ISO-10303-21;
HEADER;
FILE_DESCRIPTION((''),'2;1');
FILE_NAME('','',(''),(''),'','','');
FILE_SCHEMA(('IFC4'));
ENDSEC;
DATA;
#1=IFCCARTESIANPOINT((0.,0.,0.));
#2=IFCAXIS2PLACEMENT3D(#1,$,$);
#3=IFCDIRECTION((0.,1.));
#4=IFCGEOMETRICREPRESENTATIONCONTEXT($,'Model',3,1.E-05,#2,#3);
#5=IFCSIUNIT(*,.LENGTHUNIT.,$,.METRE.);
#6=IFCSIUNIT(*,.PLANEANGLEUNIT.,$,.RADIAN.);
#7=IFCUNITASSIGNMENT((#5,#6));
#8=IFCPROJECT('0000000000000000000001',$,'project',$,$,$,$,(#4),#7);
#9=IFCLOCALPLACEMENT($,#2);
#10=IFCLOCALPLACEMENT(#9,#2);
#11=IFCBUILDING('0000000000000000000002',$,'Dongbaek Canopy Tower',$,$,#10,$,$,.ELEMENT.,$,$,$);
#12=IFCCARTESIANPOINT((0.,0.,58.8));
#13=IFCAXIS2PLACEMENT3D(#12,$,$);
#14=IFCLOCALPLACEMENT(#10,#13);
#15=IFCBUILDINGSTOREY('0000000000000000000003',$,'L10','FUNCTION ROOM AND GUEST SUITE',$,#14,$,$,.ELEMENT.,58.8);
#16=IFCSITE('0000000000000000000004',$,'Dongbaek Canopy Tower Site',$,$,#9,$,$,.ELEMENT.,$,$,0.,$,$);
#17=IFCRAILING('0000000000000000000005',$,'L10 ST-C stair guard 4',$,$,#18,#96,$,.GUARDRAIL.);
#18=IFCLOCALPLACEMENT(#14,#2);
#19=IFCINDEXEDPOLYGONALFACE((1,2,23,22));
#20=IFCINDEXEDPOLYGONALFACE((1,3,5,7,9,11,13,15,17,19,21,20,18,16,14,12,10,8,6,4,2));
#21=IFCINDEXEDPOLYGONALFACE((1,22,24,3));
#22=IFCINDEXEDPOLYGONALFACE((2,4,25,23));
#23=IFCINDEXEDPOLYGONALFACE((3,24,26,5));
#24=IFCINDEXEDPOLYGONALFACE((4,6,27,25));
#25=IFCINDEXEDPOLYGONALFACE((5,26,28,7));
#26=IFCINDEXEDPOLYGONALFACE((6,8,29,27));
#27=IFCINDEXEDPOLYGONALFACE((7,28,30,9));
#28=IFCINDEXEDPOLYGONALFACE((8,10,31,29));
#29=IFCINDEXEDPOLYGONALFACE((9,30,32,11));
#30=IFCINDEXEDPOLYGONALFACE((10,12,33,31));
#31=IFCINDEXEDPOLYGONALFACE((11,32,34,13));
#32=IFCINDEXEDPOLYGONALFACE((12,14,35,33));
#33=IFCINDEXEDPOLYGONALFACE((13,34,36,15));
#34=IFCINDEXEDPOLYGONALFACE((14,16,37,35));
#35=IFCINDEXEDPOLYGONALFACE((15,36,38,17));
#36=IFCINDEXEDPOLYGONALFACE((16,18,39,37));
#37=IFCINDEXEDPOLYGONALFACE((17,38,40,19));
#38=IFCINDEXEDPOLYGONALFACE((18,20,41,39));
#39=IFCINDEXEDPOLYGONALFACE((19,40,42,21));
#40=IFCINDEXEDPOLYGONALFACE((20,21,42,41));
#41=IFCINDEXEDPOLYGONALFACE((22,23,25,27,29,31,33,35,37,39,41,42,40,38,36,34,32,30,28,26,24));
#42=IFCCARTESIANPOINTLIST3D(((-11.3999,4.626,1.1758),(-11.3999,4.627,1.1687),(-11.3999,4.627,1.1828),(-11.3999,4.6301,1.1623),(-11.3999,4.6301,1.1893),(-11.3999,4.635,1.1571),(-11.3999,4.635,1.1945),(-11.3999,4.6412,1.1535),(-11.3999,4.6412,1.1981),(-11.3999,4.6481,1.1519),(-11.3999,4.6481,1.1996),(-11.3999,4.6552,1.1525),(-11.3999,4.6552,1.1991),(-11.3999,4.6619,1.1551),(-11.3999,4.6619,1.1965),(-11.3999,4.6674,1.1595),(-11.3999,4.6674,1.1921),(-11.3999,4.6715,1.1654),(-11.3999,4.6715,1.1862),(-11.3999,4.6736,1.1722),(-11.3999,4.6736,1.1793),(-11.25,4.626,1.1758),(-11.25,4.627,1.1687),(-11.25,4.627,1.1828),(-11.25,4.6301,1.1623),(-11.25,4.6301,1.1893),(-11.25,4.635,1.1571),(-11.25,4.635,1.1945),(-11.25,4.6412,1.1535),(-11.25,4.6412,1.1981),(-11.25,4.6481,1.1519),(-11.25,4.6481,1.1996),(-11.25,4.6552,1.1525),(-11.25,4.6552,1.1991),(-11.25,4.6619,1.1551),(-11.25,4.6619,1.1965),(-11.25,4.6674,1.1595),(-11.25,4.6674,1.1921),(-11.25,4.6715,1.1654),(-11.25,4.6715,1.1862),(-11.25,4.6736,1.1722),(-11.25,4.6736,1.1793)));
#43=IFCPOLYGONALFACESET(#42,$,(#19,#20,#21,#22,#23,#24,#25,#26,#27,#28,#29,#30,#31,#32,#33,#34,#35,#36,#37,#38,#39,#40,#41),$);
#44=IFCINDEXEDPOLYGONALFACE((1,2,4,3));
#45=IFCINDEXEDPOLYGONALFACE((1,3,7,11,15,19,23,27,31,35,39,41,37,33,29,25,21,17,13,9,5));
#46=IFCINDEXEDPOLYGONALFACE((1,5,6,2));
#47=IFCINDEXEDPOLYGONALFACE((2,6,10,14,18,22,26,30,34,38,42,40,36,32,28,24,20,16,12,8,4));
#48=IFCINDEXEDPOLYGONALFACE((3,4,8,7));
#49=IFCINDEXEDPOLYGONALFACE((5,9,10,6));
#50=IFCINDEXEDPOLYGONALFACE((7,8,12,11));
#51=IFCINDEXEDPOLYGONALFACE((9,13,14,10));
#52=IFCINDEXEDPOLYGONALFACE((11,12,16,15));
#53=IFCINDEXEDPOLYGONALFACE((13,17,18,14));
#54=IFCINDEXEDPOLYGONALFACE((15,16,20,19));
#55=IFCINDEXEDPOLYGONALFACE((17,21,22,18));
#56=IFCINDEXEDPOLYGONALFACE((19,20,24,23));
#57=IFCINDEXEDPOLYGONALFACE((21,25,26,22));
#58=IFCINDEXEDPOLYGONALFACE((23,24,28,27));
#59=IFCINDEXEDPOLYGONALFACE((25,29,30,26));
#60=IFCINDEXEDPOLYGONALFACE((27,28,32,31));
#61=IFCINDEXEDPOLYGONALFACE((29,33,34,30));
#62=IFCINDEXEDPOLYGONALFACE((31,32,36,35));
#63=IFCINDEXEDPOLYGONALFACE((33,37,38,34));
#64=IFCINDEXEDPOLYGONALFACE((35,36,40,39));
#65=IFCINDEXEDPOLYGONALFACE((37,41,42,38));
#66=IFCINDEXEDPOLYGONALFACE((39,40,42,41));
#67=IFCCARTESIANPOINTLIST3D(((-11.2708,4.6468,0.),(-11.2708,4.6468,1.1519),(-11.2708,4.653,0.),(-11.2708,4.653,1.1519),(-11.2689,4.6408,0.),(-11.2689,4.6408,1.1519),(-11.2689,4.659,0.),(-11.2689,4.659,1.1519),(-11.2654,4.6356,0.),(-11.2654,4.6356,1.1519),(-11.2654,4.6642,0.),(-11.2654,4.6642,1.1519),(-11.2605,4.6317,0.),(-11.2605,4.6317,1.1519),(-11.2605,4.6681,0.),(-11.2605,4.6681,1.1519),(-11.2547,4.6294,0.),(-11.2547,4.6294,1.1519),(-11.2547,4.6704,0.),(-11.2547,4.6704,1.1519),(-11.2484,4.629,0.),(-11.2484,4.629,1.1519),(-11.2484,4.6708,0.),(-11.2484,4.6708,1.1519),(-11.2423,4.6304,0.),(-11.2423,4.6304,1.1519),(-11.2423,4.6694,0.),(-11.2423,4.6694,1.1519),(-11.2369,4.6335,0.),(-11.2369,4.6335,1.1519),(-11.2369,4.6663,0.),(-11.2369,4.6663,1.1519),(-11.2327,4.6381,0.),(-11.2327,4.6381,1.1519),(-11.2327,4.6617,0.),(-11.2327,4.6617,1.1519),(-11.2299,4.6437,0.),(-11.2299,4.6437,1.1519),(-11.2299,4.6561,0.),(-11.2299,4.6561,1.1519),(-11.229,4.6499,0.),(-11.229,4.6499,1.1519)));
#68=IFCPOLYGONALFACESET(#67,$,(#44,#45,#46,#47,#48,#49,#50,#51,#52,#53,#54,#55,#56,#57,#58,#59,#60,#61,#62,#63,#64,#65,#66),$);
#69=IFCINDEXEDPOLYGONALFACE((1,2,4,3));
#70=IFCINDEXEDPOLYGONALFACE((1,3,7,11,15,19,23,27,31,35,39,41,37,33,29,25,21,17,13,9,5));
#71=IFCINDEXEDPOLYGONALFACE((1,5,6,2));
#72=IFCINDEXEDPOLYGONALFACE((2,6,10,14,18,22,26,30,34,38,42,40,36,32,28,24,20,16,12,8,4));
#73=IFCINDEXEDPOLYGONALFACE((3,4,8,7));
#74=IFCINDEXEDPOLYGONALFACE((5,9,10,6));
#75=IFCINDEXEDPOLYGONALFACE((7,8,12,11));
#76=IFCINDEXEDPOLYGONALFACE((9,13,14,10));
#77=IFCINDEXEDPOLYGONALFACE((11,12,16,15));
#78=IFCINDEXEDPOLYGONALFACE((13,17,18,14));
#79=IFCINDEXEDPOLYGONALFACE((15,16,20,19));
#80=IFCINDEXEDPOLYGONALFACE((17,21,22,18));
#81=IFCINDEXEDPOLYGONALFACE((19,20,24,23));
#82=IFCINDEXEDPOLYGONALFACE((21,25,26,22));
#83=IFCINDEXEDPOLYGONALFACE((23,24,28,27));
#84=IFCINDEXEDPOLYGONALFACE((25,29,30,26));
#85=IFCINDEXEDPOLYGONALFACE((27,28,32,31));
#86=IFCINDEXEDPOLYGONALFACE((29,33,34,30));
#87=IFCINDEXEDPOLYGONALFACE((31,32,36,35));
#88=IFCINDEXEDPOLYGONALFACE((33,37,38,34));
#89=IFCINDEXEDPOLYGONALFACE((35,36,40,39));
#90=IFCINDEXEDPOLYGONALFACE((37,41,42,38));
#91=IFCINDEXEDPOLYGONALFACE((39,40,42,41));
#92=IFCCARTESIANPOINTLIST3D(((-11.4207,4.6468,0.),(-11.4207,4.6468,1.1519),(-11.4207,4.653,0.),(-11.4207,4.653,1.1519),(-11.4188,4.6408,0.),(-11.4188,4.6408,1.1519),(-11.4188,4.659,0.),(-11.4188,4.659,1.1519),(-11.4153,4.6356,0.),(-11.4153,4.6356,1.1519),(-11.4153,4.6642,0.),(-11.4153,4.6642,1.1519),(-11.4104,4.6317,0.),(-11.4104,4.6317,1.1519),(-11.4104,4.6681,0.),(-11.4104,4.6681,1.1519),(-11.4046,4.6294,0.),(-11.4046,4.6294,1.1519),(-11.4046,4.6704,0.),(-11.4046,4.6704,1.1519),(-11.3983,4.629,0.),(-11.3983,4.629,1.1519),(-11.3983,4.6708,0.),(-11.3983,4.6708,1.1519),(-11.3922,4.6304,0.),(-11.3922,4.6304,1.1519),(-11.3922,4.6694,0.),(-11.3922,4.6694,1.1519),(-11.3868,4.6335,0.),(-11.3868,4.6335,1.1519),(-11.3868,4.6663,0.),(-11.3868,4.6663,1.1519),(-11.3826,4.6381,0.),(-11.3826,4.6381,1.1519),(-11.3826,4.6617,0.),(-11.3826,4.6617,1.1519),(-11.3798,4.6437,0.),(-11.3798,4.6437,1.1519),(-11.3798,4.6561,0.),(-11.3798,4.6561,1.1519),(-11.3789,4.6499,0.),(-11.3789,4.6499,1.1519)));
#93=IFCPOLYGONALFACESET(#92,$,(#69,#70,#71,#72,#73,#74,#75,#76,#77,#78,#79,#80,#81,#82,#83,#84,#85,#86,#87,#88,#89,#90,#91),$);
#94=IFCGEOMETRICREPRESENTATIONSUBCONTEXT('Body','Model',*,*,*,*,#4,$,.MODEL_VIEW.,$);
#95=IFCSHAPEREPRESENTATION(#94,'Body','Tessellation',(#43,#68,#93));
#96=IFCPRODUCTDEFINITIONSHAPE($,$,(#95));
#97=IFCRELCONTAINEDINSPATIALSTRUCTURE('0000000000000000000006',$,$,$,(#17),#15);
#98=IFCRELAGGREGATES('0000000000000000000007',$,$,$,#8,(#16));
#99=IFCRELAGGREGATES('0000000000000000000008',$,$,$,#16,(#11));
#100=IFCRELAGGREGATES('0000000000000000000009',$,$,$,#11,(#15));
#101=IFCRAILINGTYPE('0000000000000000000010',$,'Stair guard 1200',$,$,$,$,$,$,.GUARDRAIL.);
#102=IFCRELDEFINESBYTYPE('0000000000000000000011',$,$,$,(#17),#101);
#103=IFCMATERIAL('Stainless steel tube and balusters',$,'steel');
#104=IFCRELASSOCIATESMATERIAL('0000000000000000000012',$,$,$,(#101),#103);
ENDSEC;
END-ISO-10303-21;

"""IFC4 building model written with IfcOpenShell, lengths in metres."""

from ifc_helpers import new_model, si_unit, direction, frame, origin, origin_2d, place, context, subcontext, project, spatial, circle, extrude, material, type_object, element, save


model = new_model("IFC4")

# Units and contexts
model_context = context("Model", 3, precision=1e-05, world=origin(), true_north=direction((0.0, 1.0)))
body_context = subcontext(model_context, "Body", "Model", "MODEL_VIEW")
ifc_project = project(units=[si_unit("LENGTHUNIT", "METRE"), si_unit("PLANEANGLEUNIT", "RADIAN")], contexts=[model_context])

# Site, building, storey
site_placement = place(None, origin())
site = spatial("IfcSite", under=ifc_project, at=site_placement, Name="Dongbaek Canopy Tower Site", CompositionType="ELEMENT", RefElevation=0.0)
building_placement = place(site_placement, origin())
building = spatial("IfcBuilding", under=site, at=building_placement, Name="Dongbaek Canopy Tower", CompositionType="ELEMENT")
storey_placement = place(building_placement, frame((0.0, 0.0, 58.8)))
storey = spatial("IfcBuildingStorey", under=building, at=storey_placement, Name="L10", Description="FUNCTION ROOM AND GUEST SUITE", CompositionType="ELEMENT", Elevation=58.8)

# Railing
ifc_material_1 = material(Name="Stainless steel tube and balusters", Category="steel")
railing_type_1 = type_object("IfcRailingType", Name="Stair guard 1200", PredefinedType="GUARDRAIL", material=ifc_material_1)
railing_1_placement = place(storey_placement, frame((-11.25, 4.6499, 0.0)))
element("IfcRailing", 1, at=railing_1_placement, inside=storey, type_object=railing_type_1, Name="L10 ST-C stair guard 4", PredefinedType="GUARDRAIL", context=body_context, shape_type="SweptSolid", body=[
    extrude(circle(Radius=0.0239, at=origin_2d()), frame((0.0, 0.0, 1.1758), z_axis=(-1.0, 0.0, 0.0), x_axis=(0.0, -1.0, 0.0)), (0.0, 0.0, 1.0), 0.1499),
    extrude(circle(Radius=0.021, at=origin_2d()), origin(), (0.0, 0.0, 1.0), 1.1519),
    extrude(circle(Radius=0.021, at=origin_2d()), frame((-0.1499, 0.0, 0.0)), (0.0, 0.0, 1.0), 1.1519),
])

save(model, "model.ifc")
